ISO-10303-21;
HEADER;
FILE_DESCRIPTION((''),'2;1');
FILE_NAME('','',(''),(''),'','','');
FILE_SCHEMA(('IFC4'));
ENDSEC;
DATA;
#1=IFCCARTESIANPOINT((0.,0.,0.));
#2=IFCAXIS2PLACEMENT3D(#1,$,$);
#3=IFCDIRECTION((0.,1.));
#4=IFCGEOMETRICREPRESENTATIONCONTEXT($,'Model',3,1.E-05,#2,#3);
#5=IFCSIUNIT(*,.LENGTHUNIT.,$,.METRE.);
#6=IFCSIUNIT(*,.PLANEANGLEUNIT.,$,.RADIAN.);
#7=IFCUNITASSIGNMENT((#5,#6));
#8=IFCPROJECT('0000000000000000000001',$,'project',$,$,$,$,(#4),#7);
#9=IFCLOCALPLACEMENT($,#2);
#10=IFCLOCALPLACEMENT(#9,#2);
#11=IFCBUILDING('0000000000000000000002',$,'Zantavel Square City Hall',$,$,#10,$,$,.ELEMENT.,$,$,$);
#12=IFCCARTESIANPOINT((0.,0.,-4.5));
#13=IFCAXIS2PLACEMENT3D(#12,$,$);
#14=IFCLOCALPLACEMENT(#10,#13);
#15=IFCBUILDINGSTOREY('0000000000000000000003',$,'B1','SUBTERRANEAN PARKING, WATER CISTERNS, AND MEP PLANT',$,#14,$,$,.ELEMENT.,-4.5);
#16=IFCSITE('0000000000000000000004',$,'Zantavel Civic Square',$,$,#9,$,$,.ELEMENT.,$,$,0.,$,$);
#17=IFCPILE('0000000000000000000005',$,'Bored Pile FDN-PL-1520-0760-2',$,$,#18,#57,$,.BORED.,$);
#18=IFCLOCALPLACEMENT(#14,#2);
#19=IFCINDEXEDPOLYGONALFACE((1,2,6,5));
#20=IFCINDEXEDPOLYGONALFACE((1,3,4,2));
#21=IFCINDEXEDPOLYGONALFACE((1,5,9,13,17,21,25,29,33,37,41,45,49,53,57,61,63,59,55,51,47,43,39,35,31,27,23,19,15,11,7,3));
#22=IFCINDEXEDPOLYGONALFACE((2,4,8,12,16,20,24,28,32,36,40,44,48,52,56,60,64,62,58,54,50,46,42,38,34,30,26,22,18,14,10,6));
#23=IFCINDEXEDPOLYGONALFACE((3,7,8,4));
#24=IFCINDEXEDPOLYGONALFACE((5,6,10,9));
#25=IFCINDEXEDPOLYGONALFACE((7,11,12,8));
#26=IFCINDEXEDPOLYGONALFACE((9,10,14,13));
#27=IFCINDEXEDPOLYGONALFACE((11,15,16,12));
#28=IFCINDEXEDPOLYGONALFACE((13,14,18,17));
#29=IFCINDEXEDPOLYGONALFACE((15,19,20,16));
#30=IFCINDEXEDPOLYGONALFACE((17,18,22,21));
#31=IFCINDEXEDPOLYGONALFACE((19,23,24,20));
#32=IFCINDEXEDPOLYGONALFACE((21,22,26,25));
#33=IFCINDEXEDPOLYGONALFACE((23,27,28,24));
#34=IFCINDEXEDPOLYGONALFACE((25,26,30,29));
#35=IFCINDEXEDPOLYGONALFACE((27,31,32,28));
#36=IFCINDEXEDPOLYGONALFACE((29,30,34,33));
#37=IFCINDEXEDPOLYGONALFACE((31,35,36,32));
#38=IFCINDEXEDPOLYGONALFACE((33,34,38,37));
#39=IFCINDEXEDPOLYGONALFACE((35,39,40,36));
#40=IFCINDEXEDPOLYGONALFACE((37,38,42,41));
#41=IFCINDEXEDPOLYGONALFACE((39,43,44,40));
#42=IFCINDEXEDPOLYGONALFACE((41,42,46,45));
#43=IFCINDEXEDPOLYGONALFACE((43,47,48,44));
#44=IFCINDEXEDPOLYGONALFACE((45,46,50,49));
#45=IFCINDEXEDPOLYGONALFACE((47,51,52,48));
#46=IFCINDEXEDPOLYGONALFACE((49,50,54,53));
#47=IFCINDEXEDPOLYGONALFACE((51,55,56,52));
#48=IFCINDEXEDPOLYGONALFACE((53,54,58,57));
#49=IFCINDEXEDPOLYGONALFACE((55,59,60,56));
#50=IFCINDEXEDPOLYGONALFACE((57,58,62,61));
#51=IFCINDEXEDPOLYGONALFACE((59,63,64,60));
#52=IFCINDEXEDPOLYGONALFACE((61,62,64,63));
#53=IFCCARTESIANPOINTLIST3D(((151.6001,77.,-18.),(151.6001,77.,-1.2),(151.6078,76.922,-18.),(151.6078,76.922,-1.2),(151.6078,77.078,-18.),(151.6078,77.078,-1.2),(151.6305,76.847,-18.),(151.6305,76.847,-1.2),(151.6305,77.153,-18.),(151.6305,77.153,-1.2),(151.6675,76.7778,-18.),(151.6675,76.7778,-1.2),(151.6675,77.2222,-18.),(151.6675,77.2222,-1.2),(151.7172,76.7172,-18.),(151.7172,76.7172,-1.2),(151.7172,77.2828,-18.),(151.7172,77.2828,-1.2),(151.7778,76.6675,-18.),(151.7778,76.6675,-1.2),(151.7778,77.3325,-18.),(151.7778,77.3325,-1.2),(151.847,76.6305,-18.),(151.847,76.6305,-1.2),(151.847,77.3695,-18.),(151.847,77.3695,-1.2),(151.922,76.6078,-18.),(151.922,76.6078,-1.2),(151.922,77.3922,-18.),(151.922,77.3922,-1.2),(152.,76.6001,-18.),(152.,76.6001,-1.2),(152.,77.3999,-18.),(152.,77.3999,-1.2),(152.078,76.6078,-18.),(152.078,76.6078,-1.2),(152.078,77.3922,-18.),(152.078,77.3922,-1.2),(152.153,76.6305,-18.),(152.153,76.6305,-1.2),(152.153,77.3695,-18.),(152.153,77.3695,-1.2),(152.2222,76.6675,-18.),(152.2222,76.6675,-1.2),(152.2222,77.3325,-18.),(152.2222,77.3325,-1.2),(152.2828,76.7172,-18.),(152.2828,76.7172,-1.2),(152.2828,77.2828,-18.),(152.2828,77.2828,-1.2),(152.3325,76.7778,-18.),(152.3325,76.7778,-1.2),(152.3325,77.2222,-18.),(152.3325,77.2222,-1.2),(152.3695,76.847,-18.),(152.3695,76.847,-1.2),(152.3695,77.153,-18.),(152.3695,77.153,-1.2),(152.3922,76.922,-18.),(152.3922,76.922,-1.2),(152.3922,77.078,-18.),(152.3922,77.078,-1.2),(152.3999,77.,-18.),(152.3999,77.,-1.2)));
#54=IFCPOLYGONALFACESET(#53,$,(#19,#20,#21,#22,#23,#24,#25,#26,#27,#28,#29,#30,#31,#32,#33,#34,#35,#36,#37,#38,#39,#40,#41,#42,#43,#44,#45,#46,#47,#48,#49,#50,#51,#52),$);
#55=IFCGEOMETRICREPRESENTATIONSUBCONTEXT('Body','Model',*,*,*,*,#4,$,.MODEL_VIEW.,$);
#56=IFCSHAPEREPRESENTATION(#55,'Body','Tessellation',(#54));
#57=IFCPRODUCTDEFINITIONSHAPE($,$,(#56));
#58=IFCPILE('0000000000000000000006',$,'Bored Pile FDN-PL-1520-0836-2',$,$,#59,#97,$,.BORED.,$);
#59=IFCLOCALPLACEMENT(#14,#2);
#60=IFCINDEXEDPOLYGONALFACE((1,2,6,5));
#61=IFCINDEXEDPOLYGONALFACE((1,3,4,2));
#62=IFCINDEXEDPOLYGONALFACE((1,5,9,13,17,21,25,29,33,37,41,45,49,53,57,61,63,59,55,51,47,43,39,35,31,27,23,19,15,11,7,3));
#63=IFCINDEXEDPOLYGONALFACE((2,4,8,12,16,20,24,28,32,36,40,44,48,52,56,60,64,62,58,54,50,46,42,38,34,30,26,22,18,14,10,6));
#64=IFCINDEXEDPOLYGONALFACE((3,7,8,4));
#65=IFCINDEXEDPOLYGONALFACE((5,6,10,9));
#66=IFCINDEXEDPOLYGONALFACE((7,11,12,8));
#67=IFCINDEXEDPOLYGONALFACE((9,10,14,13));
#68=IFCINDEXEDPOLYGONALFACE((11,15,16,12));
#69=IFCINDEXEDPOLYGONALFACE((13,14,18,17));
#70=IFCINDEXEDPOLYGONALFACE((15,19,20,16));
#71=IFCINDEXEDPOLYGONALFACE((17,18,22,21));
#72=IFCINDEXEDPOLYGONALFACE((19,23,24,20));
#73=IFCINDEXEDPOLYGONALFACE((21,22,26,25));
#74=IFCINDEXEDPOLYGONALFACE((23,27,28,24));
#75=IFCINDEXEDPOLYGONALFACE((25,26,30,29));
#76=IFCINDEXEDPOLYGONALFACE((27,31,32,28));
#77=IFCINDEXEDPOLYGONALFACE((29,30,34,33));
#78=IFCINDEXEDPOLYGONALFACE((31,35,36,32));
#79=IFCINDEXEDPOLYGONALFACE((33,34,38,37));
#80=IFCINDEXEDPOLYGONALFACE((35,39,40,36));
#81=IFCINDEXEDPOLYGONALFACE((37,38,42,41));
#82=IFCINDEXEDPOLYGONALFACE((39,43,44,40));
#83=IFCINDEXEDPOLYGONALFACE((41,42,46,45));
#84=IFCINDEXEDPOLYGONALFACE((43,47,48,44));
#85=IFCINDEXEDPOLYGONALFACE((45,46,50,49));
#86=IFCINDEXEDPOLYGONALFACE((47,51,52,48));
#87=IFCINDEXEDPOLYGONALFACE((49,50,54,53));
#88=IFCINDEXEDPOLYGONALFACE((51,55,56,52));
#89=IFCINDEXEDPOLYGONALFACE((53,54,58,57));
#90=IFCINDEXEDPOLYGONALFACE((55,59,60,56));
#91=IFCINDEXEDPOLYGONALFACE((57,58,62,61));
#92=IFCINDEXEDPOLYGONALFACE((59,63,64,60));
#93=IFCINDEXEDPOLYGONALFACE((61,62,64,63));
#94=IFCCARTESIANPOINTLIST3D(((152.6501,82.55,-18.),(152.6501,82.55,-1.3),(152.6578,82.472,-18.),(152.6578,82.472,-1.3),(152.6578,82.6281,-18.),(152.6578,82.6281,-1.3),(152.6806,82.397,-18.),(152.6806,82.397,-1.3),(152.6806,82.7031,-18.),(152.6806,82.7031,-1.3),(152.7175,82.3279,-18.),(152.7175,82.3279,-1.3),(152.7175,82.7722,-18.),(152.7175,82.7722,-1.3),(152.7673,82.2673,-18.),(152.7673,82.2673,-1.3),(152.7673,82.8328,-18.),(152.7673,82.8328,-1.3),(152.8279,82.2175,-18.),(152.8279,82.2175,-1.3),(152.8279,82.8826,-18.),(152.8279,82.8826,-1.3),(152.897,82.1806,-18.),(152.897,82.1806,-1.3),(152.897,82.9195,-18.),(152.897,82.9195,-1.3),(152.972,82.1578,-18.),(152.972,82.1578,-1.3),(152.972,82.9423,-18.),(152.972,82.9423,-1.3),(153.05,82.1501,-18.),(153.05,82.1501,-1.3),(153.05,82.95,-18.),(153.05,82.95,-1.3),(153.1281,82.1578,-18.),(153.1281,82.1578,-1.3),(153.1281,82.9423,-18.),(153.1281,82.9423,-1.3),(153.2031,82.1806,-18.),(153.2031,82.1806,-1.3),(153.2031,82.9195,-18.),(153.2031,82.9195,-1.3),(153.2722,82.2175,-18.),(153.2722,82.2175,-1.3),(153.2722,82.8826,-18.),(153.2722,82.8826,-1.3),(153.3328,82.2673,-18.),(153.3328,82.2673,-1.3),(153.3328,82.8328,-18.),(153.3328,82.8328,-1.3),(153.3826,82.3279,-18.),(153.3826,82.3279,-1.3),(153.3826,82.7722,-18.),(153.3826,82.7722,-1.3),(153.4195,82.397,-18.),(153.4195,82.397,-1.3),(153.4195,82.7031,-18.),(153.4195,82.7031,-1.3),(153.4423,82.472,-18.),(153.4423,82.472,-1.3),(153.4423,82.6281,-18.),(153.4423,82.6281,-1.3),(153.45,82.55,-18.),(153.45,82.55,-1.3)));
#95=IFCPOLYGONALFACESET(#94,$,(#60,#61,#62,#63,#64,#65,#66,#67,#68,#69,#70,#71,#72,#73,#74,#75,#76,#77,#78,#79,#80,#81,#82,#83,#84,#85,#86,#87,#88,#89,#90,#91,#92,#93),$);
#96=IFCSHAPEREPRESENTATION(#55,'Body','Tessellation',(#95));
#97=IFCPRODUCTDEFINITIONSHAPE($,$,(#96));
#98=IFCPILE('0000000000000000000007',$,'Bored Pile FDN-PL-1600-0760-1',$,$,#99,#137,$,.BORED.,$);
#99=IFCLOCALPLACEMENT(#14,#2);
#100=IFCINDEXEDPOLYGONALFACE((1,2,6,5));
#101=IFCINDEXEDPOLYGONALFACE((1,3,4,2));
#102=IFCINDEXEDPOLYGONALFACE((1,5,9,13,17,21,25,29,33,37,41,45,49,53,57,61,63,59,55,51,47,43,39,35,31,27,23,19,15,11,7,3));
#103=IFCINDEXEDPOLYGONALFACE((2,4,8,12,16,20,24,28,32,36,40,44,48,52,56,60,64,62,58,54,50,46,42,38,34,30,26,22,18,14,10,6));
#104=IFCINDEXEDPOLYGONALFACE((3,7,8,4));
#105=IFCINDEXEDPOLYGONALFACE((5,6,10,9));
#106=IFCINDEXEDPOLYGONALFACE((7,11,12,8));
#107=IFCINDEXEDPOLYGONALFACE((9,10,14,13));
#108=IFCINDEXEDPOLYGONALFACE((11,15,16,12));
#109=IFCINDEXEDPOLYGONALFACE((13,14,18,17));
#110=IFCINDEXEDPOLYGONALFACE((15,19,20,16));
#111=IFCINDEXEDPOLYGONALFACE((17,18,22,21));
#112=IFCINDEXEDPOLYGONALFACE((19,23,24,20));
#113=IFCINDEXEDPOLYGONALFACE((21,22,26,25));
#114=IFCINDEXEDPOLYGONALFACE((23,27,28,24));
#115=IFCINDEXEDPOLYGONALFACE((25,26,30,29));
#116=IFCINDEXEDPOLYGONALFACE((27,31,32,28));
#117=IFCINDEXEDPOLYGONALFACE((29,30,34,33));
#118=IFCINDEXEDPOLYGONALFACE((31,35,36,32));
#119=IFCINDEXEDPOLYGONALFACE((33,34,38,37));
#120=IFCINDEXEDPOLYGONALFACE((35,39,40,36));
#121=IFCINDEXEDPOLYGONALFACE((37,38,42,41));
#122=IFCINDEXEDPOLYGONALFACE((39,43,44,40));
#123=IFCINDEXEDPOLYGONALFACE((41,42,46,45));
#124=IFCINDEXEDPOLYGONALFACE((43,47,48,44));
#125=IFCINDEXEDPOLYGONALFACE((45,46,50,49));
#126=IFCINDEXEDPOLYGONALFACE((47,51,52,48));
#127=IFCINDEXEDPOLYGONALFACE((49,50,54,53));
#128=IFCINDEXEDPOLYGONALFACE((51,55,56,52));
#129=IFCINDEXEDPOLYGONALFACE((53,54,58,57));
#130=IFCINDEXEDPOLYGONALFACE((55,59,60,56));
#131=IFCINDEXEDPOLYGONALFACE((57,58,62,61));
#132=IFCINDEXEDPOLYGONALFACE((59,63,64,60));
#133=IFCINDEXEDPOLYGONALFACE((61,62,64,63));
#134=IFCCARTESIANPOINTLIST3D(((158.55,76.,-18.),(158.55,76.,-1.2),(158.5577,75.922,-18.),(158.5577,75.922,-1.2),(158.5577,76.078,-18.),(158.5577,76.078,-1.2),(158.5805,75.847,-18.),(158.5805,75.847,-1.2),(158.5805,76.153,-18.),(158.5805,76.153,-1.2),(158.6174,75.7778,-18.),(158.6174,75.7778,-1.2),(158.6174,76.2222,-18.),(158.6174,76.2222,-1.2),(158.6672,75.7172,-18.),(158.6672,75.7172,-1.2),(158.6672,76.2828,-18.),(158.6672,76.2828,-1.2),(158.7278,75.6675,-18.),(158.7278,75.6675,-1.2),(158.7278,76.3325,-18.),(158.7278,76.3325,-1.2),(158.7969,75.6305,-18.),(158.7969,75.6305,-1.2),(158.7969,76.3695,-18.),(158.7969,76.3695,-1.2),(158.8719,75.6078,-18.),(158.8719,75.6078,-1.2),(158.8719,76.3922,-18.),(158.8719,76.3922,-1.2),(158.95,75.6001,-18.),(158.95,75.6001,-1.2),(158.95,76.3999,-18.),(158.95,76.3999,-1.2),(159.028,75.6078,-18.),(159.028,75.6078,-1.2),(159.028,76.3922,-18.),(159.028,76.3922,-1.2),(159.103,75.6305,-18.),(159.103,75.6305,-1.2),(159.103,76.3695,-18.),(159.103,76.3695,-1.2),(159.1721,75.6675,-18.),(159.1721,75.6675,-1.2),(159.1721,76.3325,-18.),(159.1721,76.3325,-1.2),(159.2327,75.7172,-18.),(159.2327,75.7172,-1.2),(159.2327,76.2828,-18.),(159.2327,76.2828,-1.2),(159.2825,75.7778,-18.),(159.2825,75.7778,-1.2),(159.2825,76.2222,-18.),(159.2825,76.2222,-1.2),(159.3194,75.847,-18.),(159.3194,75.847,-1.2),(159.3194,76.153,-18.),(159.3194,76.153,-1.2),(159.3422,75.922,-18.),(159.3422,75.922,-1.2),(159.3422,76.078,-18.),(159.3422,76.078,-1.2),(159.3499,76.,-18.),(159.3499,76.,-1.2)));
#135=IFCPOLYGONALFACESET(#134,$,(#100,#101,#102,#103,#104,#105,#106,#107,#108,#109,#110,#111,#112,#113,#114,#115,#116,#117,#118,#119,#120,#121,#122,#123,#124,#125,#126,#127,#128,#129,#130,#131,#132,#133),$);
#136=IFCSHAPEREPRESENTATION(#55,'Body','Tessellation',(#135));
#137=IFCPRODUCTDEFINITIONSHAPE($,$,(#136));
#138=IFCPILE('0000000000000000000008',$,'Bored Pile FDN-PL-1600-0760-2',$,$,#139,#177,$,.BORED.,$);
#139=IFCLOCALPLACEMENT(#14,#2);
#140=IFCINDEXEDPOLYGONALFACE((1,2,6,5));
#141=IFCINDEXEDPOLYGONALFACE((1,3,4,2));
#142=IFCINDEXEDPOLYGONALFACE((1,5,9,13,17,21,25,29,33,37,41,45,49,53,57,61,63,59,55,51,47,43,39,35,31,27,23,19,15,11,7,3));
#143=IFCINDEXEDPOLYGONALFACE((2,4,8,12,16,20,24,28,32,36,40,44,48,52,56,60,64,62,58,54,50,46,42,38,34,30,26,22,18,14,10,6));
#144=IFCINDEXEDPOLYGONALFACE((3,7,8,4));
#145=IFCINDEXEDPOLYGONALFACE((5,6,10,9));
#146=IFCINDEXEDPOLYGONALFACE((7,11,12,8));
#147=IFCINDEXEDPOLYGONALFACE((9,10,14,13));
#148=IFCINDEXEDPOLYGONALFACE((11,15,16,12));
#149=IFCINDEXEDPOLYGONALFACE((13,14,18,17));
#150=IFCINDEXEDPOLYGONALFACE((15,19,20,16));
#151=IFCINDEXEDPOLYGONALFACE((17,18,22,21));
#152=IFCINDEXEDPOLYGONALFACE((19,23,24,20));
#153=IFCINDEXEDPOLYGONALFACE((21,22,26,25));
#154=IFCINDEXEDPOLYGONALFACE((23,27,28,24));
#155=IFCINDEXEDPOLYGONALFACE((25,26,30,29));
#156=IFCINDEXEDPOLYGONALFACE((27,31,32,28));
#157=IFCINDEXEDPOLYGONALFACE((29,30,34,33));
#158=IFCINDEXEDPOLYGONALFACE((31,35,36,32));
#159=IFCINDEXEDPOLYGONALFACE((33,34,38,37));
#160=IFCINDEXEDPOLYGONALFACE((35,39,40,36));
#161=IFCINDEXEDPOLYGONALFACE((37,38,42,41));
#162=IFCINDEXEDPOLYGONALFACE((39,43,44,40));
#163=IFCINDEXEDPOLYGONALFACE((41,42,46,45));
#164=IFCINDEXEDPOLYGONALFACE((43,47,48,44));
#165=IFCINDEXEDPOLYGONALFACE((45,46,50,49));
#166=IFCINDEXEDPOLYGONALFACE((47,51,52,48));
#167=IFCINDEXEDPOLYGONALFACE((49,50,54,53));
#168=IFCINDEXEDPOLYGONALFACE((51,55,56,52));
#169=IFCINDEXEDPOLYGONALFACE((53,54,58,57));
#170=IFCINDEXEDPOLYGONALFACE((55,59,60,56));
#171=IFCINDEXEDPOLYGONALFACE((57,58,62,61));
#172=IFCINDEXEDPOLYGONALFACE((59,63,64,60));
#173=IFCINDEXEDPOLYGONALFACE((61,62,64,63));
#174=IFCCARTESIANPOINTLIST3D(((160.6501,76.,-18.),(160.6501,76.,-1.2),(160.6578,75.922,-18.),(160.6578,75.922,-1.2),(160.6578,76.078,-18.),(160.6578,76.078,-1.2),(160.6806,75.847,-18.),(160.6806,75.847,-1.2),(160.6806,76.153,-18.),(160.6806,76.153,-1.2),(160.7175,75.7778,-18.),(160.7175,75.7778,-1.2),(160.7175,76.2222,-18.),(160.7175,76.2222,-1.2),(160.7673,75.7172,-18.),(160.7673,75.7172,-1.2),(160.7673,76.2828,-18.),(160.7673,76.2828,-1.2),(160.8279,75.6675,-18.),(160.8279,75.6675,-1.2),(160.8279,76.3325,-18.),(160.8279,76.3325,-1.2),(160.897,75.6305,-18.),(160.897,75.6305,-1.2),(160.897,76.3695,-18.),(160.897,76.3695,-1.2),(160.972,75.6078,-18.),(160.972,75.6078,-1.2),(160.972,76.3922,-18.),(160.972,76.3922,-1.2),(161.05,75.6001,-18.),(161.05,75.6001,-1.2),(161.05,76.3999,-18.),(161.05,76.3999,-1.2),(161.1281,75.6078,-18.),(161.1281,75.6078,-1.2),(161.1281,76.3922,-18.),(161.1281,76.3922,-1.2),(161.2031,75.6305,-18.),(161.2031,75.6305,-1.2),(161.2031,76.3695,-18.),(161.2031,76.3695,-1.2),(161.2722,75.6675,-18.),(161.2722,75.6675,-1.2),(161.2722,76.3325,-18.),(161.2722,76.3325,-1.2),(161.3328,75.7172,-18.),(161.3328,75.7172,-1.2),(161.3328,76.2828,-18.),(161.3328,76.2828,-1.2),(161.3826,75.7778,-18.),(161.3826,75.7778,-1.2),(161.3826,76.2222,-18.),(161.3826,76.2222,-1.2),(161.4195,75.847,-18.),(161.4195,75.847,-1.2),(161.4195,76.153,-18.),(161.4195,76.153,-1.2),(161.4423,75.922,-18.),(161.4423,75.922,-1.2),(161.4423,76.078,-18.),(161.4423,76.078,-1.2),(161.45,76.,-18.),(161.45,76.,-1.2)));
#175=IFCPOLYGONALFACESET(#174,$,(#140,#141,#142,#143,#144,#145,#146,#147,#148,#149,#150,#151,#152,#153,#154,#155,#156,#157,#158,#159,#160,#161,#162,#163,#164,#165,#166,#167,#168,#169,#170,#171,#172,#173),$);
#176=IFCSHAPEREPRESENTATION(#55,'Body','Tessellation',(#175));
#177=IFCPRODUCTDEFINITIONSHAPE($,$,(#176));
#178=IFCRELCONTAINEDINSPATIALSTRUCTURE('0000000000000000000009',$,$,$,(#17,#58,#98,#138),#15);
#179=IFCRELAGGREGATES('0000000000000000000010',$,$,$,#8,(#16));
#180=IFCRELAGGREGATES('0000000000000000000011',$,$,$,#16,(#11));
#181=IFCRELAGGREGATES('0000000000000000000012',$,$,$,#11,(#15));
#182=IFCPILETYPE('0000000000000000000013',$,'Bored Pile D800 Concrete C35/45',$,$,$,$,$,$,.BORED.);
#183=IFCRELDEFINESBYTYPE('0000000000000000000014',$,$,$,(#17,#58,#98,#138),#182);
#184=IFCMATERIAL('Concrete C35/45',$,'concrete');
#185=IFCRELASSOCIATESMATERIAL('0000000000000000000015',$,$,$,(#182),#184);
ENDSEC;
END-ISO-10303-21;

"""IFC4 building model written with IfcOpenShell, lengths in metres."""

from ifc_helpers import new_model, si_unit, direction, frame, origin, origin_2d, place, context, subcontext, project, spatial, circle, extrude, material, material_profile, profile_set, type_object, element, save


model = new_model("IFC4")

# Units and contexts
model_context = context("Model", 3, precision=1e-05, world=origin(), true_north=direction((0.0, 1.0)))
body_context = subcontext(model_context, "Body", "Model", "MODEL_VIEW")
ifc_project = project(units=[si_unit("LENGTHUNIT", "METRE"), si_unit("PLANEANGLEUNIT", "RADIAN")], contexts=[model_context])

# Site, building, storey
site_placement = place(None, origin())
site = spatial("IfcSite", under=ifc_project, at=site_placement, Name="Zantavel Civic Square", CompositionType="ELEMENT", RefElevation=0.0)
building_placement = place(site_placement, origin())
building = spatial("IfcBuilding", under=site, at=building_placement, Name="Zantavel Square City Hall", CompositionType="ELEMENT")
storey_placement = place(building_placement, frame((0.0, 0.0, -4.5)))
storey = spatial("IfcBuildingStorey", under=building, at=storey_placement, Name="B1", Description="SUBTERRANEAN PARKING, WATER CISTERNS, AND MEP PLANT", CompositionType="ELEMENT", Elevation=-4.5)

# Piles
ifc_material_1 = material(Name="Concrete C35/45", Category="concrete")
ifc_material_profile_1 = material_profile(ifc_material_1, circle(Radius=0.3999, at=origin_2d()), Name="PILE D800")
ifc_profile_set_1 = profile_set([ifc_material_profile_1], Name="Concrete C35/45")
pile_type = type_object("IfcPileType", Name="Bored Pile D800 Concrete C35/45", PredefinedType="BORED", material=ifc_profile_set_1)
pile_1_placement = place(storey_placement, frame((152.0, 77.0, -1.2), z_axis=(0.0, 0.0, -1.0), x_axis=(1.0, 0.0, 0.0)))
element("IfcPile", 1, at=pile_1_placement, inside=storey, type_object=pile_type, Name="Bored Pile FDN-PL-1520-0760-2", PredefinedType="BORED", context=body_context, shape_type="SweptSolid", body=[
    extrude(circle(Radius=0.3999, at=origin_2d()), origin(), (0.0, 0.0, 1.0), 16.8),
])
pile_2_placement = place(storey_placement, frame((153.05, 82.55, -1.3), z_axis=(0.0, 0.0, -1.0), x_axis=(1.0, 0.0, 0.0)))
element("IfcPile", 2, at=pile_2_placement, inside=storey, type_object=pile_type, Name="Bored Pile FDN-PL-1520-0836-2", PredefinedType="BORED", context=body_context, shape_type="SweptSolid", body=[
    extrude(circle(Radius=0.3999, at=origin_2d()), origin(), (0.0, 0.0, 1.0), 16.7),
])
for number, where, z_axis, x_axis, name in (
    (3, (158.95, 76.0, -1.2), (0.0, 0.0, -1.0), (1.0, 0.0, 0.0), "Bored Pile FDN-PL-1600-0760-1"),
    (4, (161.05, 76.0, -1.2), (0.0, 0.0, -1.0), (1.0, 0.0, 0.0), "Bored Pile FDN-PL-1600-0760-2"),
):
    element("IfcPile", number, at=place(storey_placement, frame(where, z_axis=z_axis, x_axis=x_axis)), inside=storey, type_object=pile_type, Name=name, PredefinedType="BORED", context=body_context, shape_type="SweptSolid", body=[
        extrude(circle(Radius=0.3999, at=origin_2d()), origin(), (0.0, 0.0, 1.0), 16.8),
    ])

save(model, "model.ifc")
